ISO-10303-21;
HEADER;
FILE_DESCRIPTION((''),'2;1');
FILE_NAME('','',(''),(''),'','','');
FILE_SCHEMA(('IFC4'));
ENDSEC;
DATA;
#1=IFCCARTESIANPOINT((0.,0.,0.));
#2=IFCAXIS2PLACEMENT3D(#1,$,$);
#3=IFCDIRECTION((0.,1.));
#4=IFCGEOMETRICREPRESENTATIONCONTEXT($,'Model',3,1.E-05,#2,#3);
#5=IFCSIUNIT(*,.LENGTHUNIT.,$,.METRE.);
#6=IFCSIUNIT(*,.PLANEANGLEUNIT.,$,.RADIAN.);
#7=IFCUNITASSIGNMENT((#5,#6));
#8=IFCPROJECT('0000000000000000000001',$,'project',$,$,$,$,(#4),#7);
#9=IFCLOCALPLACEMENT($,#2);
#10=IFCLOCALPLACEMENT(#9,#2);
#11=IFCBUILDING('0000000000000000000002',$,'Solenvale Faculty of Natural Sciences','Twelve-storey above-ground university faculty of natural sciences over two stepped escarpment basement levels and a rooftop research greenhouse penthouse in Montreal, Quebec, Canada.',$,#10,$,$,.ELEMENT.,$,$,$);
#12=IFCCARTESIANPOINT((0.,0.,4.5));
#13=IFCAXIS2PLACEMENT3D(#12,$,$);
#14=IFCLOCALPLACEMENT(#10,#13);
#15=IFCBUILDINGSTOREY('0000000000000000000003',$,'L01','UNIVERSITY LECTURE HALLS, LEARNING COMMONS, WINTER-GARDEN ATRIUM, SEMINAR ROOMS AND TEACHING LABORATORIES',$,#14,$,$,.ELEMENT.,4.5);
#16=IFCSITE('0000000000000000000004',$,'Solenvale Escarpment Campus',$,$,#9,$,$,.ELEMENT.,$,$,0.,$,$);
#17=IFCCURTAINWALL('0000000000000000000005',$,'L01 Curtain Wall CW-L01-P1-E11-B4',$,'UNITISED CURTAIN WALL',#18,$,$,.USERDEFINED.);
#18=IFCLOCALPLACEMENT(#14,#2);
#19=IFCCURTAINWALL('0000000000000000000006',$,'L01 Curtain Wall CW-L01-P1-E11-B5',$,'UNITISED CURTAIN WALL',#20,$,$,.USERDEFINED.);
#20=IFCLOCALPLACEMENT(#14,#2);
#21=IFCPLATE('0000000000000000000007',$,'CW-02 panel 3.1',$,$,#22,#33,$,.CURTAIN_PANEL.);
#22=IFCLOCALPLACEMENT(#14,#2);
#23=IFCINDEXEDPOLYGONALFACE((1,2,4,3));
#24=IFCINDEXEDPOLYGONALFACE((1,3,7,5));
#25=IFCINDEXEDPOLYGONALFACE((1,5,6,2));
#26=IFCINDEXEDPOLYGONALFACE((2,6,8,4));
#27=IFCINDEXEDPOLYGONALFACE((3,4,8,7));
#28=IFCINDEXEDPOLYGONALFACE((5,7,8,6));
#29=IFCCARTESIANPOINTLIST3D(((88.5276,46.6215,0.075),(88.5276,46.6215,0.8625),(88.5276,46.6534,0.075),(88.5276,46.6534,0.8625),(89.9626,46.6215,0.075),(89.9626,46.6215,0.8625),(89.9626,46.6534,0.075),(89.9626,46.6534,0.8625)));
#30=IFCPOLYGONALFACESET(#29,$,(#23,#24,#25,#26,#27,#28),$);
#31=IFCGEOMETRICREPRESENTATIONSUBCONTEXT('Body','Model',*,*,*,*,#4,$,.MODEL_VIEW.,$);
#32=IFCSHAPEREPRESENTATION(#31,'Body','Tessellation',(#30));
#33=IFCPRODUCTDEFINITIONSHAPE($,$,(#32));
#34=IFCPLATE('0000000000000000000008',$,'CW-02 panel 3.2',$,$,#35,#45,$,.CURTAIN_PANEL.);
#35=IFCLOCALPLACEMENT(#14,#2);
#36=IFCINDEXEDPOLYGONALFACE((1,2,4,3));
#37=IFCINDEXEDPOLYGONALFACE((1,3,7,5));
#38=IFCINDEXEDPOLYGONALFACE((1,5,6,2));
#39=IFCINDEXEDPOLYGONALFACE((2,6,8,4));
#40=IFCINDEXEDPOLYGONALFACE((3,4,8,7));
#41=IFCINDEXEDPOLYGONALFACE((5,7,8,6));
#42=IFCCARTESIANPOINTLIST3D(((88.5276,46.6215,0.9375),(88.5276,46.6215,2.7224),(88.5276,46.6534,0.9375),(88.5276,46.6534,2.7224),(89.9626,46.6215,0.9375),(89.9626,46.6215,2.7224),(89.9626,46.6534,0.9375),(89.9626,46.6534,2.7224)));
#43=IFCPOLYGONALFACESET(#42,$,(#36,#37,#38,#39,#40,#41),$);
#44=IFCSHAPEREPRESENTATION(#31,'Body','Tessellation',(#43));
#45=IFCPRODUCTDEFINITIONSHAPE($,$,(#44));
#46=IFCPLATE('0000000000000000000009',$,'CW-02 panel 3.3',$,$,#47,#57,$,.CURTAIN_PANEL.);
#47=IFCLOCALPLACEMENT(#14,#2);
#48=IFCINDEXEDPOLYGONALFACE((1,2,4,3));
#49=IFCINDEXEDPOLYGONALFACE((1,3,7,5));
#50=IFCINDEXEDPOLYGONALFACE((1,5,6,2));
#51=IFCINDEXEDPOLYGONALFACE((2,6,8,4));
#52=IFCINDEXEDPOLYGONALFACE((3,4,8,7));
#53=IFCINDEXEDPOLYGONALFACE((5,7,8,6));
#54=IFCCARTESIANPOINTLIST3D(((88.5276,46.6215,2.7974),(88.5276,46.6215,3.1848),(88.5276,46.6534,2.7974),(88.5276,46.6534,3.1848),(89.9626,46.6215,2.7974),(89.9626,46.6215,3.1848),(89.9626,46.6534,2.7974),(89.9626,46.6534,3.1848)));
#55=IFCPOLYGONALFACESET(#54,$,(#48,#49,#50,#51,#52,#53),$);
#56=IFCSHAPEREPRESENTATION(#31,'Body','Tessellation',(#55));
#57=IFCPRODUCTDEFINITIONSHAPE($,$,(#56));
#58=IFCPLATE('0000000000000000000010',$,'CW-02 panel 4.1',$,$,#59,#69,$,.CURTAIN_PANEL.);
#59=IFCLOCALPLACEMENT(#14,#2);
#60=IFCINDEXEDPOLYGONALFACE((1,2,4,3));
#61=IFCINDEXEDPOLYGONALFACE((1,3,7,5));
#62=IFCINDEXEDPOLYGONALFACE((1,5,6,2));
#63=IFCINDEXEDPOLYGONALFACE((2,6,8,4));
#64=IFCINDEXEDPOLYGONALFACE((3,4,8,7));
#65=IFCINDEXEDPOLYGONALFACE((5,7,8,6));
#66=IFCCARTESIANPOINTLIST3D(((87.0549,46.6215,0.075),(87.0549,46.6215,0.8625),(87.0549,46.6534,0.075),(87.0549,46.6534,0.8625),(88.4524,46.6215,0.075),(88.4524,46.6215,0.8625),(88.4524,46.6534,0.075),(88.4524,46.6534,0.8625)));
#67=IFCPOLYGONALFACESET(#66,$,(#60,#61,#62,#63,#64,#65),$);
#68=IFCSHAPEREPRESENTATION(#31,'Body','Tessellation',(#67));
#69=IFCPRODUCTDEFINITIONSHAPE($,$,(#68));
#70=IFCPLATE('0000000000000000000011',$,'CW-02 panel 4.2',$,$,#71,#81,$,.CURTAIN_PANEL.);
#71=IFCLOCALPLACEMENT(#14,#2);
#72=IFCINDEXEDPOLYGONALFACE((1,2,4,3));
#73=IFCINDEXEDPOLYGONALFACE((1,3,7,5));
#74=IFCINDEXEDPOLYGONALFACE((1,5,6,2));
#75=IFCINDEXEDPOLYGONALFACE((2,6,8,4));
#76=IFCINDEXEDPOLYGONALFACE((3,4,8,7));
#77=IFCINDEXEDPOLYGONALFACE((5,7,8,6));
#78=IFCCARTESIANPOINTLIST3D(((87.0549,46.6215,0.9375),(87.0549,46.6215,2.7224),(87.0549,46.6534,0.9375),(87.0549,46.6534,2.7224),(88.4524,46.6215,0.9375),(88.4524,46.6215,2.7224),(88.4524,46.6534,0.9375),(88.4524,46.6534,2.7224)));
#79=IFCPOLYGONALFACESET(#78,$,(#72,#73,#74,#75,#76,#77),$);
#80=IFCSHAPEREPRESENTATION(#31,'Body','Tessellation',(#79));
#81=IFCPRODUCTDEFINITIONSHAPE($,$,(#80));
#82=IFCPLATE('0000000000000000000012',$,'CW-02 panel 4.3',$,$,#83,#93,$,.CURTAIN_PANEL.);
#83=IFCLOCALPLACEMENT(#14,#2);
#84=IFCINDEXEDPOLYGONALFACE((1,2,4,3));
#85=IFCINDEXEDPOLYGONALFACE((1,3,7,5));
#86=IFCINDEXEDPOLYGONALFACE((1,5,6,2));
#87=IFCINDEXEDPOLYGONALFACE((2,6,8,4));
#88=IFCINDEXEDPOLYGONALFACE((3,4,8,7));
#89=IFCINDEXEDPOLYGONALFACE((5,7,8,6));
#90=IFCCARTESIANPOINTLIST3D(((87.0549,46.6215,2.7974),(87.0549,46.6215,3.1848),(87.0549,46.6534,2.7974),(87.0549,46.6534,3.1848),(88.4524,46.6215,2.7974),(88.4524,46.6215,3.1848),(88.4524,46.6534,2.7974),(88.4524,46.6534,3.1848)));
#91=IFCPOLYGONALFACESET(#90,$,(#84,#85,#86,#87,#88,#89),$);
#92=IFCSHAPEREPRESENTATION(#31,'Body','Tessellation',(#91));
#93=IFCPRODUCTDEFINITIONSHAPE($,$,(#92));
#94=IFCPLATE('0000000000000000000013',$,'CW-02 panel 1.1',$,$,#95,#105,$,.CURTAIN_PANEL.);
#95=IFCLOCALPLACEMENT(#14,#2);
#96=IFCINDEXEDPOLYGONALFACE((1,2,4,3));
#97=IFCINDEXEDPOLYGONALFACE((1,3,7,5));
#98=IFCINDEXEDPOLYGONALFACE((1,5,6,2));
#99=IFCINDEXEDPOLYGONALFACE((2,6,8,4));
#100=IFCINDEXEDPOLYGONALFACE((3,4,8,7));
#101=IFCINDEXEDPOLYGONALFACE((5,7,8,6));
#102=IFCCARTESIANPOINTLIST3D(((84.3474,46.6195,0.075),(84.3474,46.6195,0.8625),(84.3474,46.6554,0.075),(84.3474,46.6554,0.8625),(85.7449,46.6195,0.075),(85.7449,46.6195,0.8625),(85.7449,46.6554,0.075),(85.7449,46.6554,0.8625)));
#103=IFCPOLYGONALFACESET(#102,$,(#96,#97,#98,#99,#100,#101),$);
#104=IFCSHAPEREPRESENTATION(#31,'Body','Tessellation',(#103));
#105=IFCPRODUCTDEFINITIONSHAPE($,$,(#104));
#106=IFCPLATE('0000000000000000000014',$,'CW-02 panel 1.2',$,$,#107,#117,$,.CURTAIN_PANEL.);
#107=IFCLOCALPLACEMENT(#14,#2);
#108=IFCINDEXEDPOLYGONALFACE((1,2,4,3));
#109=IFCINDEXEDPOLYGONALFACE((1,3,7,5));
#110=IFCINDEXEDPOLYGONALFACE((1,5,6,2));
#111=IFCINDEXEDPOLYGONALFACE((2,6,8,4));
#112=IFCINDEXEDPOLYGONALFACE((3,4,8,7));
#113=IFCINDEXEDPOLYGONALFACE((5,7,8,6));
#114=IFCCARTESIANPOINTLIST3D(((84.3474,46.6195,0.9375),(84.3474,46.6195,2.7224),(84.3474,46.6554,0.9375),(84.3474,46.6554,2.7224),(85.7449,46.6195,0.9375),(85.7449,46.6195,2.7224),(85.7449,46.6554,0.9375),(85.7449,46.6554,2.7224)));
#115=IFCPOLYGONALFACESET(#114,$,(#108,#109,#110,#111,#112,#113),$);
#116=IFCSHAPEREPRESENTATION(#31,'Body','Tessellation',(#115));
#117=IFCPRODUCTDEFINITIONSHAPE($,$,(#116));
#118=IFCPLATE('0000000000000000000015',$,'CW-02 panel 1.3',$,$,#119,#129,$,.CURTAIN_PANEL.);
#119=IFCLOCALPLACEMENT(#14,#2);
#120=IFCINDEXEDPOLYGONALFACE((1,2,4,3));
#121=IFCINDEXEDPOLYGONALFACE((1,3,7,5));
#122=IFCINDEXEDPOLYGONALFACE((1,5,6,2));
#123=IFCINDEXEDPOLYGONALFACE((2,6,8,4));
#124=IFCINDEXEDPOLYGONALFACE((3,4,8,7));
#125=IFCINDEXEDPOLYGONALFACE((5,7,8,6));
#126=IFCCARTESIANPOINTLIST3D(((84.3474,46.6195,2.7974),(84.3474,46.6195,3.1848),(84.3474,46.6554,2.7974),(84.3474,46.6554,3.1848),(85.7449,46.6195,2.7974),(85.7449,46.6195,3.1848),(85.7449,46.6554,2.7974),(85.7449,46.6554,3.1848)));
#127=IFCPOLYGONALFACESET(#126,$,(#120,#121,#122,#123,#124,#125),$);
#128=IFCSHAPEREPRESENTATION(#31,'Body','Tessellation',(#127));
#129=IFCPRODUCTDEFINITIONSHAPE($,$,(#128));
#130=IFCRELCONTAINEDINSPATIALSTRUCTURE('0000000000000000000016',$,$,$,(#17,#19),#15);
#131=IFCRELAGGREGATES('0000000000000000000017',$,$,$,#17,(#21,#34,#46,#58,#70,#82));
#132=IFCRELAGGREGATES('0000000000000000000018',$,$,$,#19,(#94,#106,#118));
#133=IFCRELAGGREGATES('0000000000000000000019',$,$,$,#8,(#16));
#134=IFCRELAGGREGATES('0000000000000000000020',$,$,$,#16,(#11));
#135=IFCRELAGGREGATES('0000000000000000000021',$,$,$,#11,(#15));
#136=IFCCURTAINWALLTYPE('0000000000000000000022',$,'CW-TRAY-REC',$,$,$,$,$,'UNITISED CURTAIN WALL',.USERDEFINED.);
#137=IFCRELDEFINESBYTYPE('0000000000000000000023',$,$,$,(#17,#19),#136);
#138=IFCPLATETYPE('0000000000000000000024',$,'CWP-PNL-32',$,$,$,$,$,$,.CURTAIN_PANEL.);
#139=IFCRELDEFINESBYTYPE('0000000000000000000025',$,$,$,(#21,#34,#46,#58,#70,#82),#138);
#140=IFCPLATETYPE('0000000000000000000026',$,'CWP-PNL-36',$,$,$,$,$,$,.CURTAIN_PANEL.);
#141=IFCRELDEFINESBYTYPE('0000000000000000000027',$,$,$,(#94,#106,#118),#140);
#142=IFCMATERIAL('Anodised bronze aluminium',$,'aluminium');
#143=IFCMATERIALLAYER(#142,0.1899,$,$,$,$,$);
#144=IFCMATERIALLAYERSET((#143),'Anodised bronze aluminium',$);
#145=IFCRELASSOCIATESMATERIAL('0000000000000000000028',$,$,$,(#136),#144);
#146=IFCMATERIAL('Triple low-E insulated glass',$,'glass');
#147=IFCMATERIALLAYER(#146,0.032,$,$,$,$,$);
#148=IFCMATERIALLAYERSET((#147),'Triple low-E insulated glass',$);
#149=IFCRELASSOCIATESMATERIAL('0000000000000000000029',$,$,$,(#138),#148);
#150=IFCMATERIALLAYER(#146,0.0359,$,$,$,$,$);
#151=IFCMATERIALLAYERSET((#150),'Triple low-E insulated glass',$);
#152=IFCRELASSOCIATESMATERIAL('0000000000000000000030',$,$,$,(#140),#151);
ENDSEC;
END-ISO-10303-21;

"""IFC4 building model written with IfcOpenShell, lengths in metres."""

from ifc_helpers import new_model, si_unit, direction, frame, origin, origin_2d, place, context, subcontext, project, spatial, rectangle, extrude, material, layer, layer_set, type_object, element, aggregate, save


model = new_model("IFC4")

# Units and contexts
model_context = context("Model", 3, precision=1e-05, world=origin(), true_north=direction((0.0, 1.0)))
body_context = subcontext(model_context, "Body", "Model", "MODEL_VIEW")
ifc_project = project(units=[si_unit("LENGTHUNIT", "METRE"), si_unit("PLANEANGLEUNIT", "RADIAN")], contexts=[model_context])

# Site, building, storey
site_placement = place(None, origin())
site = spatial("IfcSite", under=ifc_project, at=site_placement, Name="Solenvale Escarpment Campus", CompositionType="ELEMENT", RefElevation=0.0)
building_placement = place(site_placement, origin())
building = spatial("IfcBuilding", under=site, at=building_placement, Name="Solenvale Faculty of Natural Sciences", Description="Twelve-storey above-ground university faculty of natural sciences over two stepped escarpment basement levels and a rooftop research greenhouse penthouse in Montreal, Quebec, Canada.", CompositionType="ELEMENT")
storey_placement = place(building_placement, frame((0.0, 0.0, 4.5)))
storey = spatial("IfcBuildingStorey", under=building, at=storey_placement, Name="L01", Description="UNIVERSITY LECTURE HALLS, LEARNING COMMONS, WINTER-GARDEN ATRIUM, SEMINAR ROOMS AND TEACHING LABORATORIES", CompositionType="ELEMENT", Elevation=4.5)

# Curtain walls
ifc_material_1 = material(Name="Anodised bronze aluminium", Category="aluminium")
ifc_layer_1 = layer(ifc_material_1, 0.1899)
ifc_layer_set_1 = layer_set([ifc_layer_1], Name="Anodised bronze aluminium")
curtain_wall_type = type_object("IfcCurtainWallType", Name="CW-TRAY-REC", ElementType="UNITISED CURTAIN WALL", PredefinedType="USERDEFINED", material=ifc_layer_set_1)
curtain_wall_1_placement = place(storey_placement, origin())
curtain_wall_1 = element("IfcCurtainWall", 1, at=curtain_wall_1_placement, inside=storey, type_object=curtain_wall_type, Name="L01 Curtain Wall CW-L01-P1-E11-B4", ObjectType="UNITISED CURTAIN WALL", PredefinedType="USERDEFINED")
curtain_wall_2_placement = place(storey_placement, origin())
curtain_wall_2 = element("IfcCurtainWall", 2, at=curtain_wall_2_placement, inside=storey, type_object=curtain_wall_type, Name="L01 Curtain Wall CW-L01-P1-E11-B5", ObjectType="UNITISED CURTAIN WALL", PredefinedType="USERDEFINED")

# Plates
ifc_material_2 = material(Name="Triple low-E insulated glass", Category="glass")
ifc_layer_2 = layer(ifc_material_2, 0.032)
ifc_layer_set_2 = layer_set([ifc_layer_2], Name="Triple low-E insulated glass")
plate_type_1 = type_object("IfcPlateType", Name="CWP-PNL-32", PredefinedType="CURTAIN_PANEL", material=ifc_layer_set_2)
plate_1_placement = place(storey_placement, frame((89.2451, 46.6375, 0.075), z_axis=(0.0, 0.0, 1.0), x_axis=(-1.0, 0.0, 0.0)))
plate_1 = element("IfcPlate", 3, at=plate_1_placement, type_object=plate_type_1, Name="CW-02 panel 3.1", PredefinedType="CURTAIN_PANEL", context=body_context, shape_type="SweptSolid", body=[
    extrude(rectangle(XDim=1.4351, YDim=0.032, at=origin_2d()), origin(), (0.0, 0.0, 1.0), 0.7876),
])
plate_2_placement = place(storey_placement, frame((89.2451, 46.6375, 0.9375), z_axis=(0.0, 0.0, 1.0), x_axis=(-1.0, 0.0, 0.0)))
plate_2 = element("IfcPlate", 4, at=plate_2_placement, type_object=plate_type_1, Name="CW-02 panel 3.2", PredefinedType="CURTAIN_PANEL", context=body_context, shape_type="SweptSolid", body=[
    extrude(rectangle(XDim=1.4351, YDim=0.032, at=origin_2d()), origin(), (0.0, 0.0, 1.0), 1.7849),
])
plate_3_placement = place(storey_placement, frame((89.2451, 46.6375, 2.7974), z_axis=(0.0, 0.0, 1.0), x_axis=(-1.0, 0.0, 0.0)))
plate_3 = element("IfcPlate", 5, at=plate_3_placement, type_object=plate_type_1, Name="CW-02 panel 3.3", PredefinedType="CURTAIN_PANEL", context=body_context, shape_type="SweptSolid", body=[
    extrude(rectangle(XDim=1.4351, YDim=0.032, at=origin_2d()), origin(), (0.0, 0.0, 1.0), 0.3875),
])
plate_4_placement = place(storey_placement, frame((87.7537, 46.6375, 0.075), z_axis=(0.0, 0.0, 1.0), x_axis=(-1.0, 0.0, 0.0)))
plate_4 = element("IfcPlate", 6, at=plate_4_placement, type_object=plate_type_1, Name="CW-02 panel 4.1", PredefinedType="CURTAIN_PANEL", context=body_context, shape_type="SweptSolid", body=[
    extrude(rectangle(XDim=1.3975, YDim=0.032, at=origin_2d()), origin(), (0.0, 0.0, 1.0), 0.7876),
])
plate_5_placement = place(storey_placement, frame((87.7537, 46.6375, 0.9375), z_axis=(0.0, 0.0, 1.0), x_axis=(-1.0, 0.0, 0.0)))
plate_5 = element("IfcPlate", 7, at=plate_5_placement, type_object=plate_type_1, Name="CW-02 panel 4.2", PredefinedType="CURTAIN_PANEL", context=body_context, shape_type="SweptSolid", body=[
    extrude(rectangle(XDim=1.3975, YDim=0.032, at=origin_2d()), origin(), (0.0, 0.0, 1.0), 1.7849),
])
plate_6_placement = place(storey_placement, frame((87.7537, 46.6375, 2.7974), z_axis=(0.0, 0.0, 1.0), x_axis=(-1.0, 0.0, 0.0)))
plate_6 = element("IfcPlate", 8, at=plate_6_placement, type_object=plate_type_1, Name="CW-02 panel 4.3", PredefinedType="CURTAIN_PANEL", context=body_context, shape_type="SweptSolid", body=[
    extrude(rectangle(XDim=1.3975, YDim=0.032, at=origin_2d()), origin(), (0.0, 0.0, 1.0), 0.3875),
])
aggregate(curtain_wall_1, [plate_1, plate_2, plate_3, plate_4, plate_5, plate_6])
ifc_layer_3 = layer(ifc_material_2, 0.0359)
ifc_layer_set_3 = layer_set([ifc_layer_3], Name="Triple low-E insulated glass")
plate_type_2 = type_object("IfcPlateType", Name="CWP-PNL-36", PredefinedType="CURTAIN_PANEL", material=ifc_layer_set_3)
plate_7_placement = place(storey_placement, frame((85.0461, 46.6375, 0.075), z_axis=(0.0, 0.0, 1.0), x_axis=(-1.0, 0.0, 0.0)))
plate_7 = element("IfcPlate", 9, at=plate_7_placement, type_object=plate_type_2, Name="CW-02 panel 1.1", PredefinedType="CURTAIN_PANEL", context=body_context, shape_type="SweptSolid", body=[
    extrude(rectangle(XDim=1.3975, YDim=0.0359, at=origin_2d()), origin(), (0.0, 0.0, 1.0), 0.7876),
])
plate_8_placement = place(storey_placement, frame((85.0461, 46.6375, 0.9375), z_axis=(0.0, 0.0, 1.0), x_axis=(-1.0, 0.0, 0.0)))
plate_8 = element("IfcPlate", 10, at=plate_8_placement, type_object=plate_type_2, Name="CW-02 panel 1.2", PredefinedType="CURTAIN_PANEL", context=body_context, shape_type="SweptSolid", body=[
    extrude(rectangle(XDim=1.3975, YDim=0.0359, at=origin_2d()), origin(), (0.0, 0.0, 1.0), 1.7849),
])
plate_9_placement = place(storey_placement, frame((85.0461, 46.6375, 2.7974), z_axis=(0.0, 0.0, 1.0), x_axis=(-1.0, 0.0, 0.0)))
plate_9 = element("IfcPlate", 11, at=plate_9_placement, type_object=plate_type_2, Name="CW-02 panel 1.3", PredefinedType="CURTAIN_PANEL", context=body_context, shape_type="SweptSolid", body=[
    extrude(rectangle(XDim=1.3975, YDim=0.0359, at=origin_2d()), origin(), (0.0, 0.0, 1.0), 0.3875),
])
aggregate(curtain_wall_2, [plate_7, plate_8, plate_9])

save(model, "model.ifc")
